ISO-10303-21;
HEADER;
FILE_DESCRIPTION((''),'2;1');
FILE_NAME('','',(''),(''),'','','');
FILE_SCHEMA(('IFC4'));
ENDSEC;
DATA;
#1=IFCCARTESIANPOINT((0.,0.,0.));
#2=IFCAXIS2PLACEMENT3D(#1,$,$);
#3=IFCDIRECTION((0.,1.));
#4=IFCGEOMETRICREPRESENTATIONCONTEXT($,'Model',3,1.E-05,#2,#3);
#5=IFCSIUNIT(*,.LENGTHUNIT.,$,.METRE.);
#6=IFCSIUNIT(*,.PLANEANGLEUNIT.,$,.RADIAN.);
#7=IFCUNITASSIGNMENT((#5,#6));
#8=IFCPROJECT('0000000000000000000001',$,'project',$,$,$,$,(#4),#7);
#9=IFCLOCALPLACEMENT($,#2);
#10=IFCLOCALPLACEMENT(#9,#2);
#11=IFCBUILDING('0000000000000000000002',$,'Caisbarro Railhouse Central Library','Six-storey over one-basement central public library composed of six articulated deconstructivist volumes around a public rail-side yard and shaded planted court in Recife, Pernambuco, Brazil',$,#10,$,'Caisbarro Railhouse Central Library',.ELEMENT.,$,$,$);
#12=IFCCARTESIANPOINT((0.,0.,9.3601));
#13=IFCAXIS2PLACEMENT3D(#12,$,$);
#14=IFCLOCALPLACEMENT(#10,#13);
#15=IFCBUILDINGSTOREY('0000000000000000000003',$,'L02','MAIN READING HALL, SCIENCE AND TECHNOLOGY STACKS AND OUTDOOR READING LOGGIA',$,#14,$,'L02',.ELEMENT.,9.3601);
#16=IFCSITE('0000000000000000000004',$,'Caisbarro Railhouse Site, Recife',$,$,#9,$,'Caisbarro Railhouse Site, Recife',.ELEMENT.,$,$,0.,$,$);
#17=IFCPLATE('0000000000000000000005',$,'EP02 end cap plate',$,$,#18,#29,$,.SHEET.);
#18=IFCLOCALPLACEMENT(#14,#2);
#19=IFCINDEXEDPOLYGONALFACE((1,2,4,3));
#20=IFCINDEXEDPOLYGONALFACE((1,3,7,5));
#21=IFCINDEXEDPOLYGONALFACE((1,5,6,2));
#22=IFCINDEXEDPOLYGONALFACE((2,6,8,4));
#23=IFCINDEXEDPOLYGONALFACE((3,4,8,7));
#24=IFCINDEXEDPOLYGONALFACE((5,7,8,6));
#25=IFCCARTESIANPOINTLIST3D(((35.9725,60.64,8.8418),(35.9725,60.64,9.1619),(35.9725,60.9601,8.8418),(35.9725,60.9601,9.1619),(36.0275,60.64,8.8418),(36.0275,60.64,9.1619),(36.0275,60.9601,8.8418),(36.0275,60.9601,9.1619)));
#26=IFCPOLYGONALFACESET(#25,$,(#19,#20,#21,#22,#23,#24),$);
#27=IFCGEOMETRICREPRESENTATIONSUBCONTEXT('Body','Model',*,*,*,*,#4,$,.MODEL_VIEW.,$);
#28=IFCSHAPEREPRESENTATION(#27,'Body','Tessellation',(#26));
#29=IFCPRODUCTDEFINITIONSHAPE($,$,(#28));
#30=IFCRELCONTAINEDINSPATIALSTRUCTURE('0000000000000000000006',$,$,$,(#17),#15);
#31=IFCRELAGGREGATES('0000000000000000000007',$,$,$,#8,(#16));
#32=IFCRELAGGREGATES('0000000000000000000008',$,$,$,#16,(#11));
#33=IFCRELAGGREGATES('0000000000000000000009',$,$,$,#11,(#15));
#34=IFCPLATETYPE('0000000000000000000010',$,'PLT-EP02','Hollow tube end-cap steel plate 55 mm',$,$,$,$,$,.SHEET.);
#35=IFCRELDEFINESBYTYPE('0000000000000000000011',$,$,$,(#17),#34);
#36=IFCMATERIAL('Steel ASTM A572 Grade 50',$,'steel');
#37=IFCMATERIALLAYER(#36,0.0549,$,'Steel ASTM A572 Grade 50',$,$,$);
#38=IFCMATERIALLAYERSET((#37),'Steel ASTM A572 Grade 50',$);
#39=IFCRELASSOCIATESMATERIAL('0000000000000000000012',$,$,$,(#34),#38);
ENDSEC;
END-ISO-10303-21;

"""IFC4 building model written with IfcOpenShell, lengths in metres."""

from ifc_helpers import new_model, si_unit, direction, frame, origin, origin_2d, place, context, subcontext, project, spatial, rectangle, extrude, material, layer, layer_set, type_object, element, save


model = new_model("IFC4")

# Units and contexts
model_context = context("Model", 3, precision=1e-05, world=origin(), true_north=direction((0.0, 1.0)))
body_context = subcontext(model_context, "Body", "Model", "MODEL_VIEW")
ifc_project = project(units=[si_unit("LENGTHUNIT", "METRE"), si_unit("PLANEANGLEUNIT", "RADIAN")], contexts=[model_context])

# Site, building, storey
site_placement = place(None, origin())
site = spatial("IfcSite", under=ifc_project, at=site_placement, Name="Caisbarro Railhouse Site, Recife", LongName="Caisbarro Railhouse Site, Recife", CompositionType="ELEMENT", RefElevation=0.0)
building_placement = place(site_placement, origin())
building = spatial("IfcBuilding", under=site, at=building_placement, Name="Caisbarro Railhouse Central Library", Description="Six-storey over one-basement central public library composed of six articulated deconstructivist volumes around a public rail-side yard and shaded planted court in Recife, Pernambuco, Brazil", LongName="Caisbarro Railhouse Central Library", CompositionType="ELEMENT")
storey_placement = place(building_placement, frame((0.0, 0.0, 9.3601)))
storey = spatial("IfcBuildingStorey", under=building, at=storey_placement, Name="L02", Description="MAIN READING HALL, SCIENCE AND TECHNOLOGY STACKS AND OUTDOOR READING LOGGIA", LongName="L02", CompositionType="ELEMENT", Elevation=9.3601)

# Shared definitions
ifc_material_1 = material(Name="Steel ASTM A572 Grade 50", Category="steel")

# Plate
ifc_layer_1 = layer(ifc_material_1, 0.0549, Name="Steel ASTM A572 Grade 50")
ifc_layer_set_1 = layer_set([ifc_layer_1], Name="Steel ASTM A572 Grade 50")
plate_type_1 = type_object("IfcPlateType", Name="PLT-EP02", Description="Hollow tube end-cap steel plate 55 mm", PredefinedType="SHEET", material=ifc_layer_set_1)
plate_1_placement = place(storey_placement, frame((36.0, 60.8, 8.8418), z_axis=(0.0, 0.0, 1.0), x_axis=(1.0, 0.0, 0.0)))
element("IfcPlate", 1, at=plate_1_placement, inside=storey, type_object=plate_type_1, Name="EP02 end cap plate", PredefinedType="SHEET", context=body_context, shape_type="SweptSolid", body=[
    extrude(rectangle(XDim=0.0549, YDim=0.3201, at=origin_2d()), origin(), (0.0, 0.0, 1.0), 0.3201),
])

save(model, "model.ifc")
